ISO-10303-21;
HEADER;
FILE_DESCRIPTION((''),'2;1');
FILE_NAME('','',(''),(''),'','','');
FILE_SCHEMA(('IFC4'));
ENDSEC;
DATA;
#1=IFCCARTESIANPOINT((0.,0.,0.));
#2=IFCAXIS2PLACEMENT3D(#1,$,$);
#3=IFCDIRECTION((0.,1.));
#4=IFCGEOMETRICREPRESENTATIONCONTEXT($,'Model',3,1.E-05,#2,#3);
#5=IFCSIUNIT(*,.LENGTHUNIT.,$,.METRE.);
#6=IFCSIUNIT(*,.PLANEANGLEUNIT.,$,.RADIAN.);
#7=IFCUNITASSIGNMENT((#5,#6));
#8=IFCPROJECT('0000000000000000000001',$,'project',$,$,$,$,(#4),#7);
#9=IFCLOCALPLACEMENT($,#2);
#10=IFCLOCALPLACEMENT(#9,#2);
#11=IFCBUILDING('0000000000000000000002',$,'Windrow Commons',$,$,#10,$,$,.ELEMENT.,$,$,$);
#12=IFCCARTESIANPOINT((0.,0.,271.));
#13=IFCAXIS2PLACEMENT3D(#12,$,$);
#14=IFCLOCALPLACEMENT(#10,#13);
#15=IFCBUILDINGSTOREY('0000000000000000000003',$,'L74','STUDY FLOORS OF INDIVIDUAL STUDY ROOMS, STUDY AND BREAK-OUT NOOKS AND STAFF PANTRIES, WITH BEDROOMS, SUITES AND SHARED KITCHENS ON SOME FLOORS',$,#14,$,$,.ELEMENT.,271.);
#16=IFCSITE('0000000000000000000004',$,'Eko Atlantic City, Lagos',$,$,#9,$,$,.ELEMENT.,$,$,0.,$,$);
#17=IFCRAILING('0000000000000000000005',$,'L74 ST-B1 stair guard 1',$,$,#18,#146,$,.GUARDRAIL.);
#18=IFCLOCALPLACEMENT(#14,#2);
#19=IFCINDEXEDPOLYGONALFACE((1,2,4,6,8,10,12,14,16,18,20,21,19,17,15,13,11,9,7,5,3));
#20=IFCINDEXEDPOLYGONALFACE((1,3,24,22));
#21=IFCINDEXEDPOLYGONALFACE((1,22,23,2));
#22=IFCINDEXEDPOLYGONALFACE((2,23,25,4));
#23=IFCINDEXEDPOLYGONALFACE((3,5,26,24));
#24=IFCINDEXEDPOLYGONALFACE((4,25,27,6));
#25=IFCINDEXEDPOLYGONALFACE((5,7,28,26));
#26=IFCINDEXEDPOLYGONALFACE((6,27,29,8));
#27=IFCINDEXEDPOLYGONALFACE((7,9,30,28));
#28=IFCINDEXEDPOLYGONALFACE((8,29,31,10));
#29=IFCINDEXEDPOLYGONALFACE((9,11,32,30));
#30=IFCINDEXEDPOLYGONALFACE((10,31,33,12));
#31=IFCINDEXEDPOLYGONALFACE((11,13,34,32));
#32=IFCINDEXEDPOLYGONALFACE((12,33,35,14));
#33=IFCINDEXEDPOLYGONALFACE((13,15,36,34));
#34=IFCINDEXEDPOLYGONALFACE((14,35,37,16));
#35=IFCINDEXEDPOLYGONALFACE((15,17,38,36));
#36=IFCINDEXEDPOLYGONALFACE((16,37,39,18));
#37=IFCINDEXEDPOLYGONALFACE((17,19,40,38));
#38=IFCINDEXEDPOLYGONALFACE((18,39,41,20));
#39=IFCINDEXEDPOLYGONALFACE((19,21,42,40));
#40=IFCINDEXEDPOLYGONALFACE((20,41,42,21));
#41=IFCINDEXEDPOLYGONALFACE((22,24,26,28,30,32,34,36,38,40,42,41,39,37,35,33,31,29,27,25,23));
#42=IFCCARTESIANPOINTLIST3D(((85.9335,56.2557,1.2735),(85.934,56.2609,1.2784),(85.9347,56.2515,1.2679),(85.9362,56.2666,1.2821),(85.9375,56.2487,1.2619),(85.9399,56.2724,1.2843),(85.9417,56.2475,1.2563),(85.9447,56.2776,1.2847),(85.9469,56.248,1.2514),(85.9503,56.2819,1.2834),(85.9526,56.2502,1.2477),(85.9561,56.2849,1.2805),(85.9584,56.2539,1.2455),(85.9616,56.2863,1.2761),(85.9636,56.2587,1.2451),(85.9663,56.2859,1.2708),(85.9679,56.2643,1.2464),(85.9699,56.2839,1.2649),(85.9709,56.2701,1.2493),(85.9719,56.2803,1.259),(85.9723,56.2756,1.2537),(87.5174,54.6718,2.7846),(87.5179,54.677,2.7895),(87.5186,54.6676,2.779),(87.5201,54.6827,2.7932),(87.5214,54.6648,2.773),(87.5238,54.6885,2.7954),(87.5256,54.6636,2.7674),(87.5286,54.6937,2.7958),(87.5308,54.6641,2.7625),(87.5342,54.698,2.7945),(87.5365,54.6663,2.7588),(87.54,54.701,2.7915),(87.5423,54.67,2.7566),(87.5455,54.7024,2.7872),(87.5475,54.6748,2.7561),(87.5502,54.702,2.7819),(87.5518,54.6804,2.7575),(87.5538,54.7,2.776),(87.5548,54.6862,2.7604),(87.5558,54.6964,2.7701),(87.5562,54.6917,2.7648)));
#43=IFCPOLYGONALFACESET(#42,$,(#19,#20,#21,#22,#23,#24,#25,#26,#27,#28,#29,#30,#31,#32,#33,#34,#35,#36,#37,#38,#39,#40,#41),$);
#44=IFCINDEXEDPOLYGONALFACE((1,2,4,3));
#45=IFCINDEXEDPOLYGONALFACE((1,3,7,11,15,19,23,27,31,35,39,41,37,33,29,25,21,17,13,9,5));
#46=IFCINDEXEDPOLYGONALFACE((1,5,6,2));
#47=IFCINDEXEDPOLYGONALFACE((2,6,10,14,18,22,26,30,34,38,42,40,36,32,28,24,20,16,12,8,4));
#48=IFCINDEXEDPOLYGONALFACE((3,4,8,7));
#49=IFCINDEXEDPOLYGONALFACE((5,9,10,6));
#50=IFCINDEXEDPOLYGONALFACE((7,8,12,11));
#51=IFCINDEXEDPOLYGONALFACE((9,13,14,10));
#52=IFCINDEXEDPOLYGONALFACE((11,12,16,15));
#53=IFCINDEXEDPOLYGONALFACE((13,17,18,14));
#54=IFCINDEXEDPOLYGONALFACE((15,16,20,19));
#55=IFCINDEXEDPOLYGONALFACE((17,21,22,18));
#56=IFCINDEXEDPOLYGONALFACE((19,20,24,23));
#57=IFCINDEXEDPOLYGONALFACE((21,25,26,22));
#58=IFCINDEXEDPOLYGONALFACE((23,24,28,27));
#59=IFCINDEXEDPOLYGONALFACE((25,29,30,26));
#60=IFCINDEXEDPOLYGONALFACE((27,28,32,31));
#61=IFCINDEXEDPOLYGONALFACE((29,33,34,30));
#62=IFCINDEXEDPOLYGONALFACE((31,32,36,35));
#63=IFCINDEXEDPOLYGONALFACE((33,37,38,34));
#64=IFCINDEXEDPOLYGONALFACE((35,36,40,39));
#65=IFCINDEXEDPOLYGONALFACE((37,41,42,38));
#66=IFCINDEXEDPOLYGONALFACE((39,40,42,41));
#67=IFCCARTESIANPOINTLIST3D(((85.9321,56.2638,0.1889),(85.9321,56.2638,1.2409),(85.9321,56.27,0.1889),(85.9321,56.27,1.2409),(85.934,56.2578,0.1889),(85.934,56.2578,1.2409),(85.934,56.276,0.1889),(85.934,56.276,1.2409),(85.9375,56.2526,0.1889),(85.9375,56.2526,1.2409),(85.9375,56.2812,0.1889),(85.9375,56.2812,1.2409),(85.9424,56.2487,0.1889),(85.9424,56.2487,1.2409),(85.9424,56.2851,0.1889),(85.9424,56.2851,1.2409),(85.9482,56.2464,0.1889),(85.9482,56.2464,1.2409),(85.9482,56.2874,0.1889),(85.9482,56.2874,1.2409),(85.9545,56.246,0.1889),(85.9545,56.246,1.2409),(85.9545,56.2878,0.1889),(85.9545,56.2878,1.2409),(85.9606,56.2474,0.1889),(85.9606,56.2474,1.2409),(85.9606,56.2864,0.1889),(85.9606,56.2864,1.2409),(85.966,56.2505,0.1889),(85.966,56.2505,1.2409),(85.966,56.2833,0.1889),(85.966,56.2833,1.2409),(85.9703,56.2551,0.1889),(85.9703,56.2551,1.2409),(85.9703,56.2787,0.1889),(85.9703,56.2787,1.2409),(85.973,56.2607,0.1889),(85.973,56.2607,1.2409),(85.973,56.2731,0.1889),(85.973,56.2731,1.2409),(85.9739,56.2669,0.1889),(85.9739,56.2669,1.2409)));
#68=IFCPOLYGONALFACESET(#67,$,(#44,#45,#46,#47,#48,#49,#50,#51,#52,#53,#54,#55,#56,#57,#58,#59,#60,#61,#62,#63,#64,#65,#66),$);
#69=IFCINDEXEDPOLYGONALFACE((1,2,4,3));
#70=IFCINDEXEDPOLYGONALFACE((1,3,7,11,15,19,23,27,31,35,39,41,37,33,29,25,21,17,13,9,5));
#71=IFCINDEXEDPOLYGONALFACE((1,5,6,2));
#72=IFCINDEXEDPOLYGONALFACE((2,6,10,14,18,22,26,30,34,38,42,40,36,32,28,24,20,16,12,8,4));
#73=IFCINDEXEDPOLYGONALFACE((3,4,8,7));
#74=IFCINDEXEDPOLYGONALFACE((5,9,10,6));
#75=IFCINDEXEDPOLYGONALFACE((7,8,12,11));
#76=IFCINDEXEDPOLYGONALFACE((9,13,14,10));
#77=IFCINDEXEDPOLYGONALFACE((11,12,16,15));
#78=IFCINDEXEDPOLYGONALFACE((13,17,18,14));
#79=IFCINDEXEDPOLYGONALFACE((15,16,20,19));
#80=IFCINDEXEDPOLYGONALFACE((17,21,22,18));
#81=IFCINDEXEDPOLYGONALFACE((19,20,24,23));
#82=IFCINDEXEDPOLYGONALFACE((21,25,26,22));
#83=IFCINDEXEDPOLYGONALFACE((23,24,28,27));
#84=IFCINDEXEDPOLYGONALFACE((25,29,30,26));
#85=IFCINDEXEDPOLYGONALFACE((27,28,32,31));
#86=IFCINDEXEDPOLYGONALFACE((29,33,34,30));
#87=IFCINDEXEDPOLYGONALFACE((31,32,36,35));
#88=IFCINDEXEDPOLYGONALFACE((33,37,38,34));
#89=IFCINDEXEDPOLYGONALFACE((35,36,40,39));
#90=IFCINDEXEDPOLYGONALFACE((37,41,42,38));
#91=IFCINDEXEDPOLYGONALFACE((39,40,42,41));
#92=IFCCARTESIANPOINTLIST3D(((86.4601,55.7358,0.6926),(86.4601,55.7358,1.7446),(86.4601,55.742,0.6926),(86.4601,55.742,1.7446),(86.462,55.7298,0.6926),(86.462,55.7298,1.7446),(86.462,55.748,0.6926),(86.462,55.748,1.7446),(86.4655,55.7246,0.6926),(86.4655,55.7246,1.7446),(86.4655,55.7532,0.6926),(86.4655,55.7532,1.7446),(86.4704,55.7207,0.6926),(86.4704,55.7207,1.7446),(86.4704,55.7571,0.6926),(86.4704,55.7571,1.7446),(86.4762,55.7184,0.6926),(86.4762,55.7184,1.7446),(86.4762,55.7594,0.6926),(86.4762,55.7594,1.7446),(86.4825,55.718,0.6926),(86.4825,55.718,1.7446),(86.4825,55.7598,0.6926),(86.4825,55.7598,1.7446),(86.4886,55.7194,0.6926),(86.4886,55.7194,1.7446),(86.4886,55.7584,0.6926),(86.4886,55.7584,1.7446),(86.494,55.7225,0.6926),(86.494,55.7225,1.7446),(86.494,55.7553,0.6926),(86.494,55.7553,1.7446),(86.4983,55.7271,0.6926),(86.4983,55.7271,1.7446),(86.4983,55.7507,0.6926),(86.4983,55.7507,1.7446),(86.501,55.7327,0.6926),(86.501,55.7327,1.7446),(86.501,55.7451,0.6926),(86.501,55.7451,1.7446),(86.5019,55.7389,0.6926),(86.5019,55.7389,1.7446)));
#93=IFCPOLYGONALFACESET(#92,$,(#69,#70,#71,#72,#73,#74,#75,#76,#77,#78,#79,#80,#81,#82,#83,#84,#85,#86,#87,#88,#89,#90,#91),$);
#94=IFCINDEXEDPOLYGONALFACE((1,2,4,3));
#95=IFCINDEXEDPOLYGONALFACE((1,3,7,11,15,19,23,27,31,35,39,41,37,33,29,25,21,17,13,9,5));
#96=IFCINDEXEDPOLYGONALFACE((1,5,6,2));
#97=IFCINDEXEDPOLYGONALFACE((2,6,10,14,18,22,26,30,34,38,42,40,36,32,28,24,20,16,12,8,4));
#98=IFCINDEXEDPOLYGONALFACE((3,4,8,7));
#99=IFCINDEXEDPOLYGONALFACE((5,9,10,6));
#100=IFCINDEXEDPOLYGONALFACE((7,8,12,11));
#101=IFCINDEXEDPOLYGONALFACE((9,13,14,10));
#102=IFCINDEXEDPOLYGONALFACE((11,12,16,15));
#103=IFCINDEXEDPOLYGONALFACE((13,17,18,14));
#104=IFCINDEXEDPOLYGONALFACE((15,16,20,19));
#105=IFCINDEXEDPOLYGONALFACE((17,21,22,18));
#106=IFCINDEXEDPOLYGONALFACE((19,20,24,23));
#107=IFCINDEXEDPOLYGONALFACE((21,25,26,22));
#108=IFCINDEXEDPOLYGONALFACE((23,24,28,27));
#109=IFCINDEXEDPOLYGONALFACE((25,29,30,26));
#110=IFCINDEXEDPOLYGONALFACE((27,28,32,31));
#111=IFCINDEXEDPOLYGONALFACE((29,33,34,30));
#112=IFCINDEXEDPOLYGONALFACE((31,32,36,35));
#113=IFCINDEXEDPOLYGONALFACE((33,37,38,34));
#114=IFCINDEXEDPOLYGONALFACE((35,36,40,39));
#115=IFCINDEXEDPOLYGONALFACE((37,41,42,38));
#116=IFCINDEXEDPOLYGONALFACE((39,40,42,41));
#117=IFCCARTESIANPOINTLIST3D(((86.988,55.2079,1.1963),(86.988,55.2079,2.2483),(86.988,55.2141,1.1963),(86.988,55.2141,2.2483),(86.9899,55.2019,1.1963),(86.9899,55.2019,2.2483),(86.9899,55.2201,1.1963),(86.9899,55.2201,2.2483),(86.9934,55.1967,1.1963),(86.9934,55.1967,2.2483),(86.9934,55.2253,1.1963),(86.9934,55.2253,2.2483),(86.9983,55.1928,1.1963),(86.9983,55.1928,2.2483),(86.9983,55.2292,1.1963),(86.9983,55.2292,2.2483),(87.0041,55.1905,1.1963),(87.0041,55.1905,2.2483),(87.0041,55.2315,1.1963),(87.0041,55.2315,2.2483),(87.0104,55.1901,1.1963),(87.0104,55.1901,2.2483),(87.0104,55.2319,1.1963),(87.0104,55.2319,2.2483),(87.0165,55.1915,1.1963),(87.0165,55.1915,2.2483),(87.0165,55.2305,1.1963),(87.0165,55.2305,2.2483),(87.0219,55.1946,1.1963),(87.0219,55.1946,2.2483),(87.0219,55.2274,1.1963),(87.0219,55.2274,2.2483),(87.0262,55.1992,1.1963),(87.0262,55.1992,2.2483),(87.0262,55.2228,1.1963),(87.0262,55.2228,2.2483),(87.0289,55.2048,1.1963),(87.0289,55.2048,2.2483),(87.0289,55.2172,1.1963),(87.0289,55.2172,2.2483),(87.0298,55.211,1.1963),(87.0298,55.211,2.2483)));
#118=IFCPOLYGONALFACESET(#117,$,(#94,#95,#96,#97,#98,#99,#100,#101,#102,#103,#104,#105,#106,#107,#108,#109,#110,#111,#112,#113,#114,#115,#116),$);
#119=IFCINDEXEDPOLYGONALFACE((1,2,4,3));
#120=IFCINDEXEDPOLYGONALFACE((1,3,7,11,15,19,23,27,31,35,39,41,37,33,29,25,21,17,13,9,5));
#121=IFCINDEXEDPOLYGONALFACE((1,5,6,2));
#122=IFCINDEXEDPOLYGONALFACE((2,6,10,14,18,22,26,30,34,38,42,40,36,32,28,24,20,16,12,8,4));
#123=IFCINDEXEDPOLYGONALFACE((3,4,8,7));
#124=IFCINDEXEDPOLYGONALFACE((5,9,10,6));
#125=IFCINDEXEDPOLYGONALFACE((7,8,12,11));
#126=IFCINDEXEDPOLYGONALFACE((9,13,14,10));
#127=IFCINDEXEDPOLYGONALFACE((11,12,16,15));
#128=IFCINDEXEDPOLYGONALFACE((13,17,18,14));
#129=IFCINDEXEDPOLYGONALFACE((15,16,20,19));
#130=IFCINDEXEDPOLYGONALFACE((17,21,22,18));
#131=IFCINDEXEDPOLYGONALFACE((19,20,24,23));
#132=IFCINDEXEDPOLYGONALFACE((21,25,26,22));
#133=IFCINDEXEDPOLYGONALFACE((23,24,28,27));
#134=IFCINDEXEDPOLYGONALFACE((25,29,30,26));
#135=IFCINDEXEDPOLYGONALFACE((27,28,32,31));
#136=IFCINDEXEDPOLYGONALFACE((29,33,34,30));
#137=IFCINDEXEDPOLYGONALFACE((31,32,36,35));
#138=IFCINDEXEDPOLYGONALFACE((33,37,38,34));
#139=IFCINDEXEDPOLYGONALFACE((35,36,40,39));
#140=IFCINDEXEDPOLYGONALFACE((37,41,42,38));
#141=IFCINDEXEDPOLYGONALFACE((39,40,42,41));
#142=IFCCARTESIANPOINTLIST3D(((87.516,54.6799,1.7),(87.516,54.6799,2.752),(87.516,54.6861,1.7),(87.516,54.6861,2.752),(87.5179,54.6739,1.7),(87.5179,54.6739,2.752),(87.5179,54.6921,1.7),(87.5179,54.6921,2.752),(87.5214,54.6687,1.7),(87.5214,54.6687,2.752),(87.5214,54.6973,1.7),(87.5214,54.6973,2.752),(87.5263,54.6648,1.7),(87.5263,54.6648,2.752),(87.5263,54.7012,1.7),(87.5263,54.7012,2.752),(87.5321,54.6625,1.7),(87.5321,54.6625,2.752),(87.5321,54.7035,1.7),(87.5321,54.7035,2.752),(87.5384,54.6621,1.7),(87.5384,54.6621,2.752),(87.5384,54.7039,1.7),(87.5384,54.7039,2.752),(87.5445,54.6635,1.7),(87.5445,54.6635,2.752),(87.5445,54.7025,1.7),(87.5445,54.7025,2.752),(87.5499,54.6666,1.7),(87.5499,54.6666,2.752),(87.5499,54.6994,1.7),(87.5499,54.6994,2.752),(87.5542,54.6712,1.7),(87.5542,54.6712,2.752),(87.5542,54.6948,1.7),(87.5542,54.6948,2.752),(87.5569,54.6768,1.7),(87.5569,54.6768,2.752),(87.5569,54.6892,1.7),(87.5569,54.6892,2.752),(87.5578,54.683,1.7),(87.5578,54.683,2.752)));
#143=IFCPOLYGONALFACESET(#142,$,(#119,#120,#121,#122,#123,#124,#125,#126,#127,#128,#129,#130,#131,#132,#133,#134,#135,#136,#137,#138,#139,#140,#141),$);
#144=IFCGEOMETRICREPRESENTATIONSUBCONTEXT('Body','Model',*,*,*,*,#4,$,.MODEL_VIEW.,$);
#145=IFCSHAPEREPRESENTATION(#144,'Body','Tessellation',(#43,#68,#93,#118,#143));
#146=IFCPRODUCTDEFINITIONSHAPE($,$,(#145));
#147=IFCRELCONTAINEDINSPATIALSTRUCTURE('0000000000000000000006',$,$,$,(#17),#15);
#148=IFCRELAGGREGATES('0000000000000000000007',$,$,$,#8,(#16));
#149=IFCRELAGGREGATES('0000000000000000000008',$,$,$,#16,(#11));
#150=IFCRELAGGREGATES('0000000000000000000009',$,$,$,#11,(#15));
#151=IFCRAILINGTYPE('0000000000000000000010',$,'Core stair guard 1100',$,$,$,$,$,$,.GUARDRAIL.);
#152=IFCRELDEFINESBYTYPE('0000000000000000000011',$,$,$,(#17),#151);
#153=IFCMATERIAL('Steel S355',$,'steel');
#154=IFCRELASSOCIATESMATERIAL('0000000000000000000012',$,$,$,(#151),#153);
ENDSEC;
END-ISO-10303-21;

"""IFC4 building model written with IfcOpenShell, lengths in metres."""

from ifc_helpers import new_model, si_unit, direction, frame, origin, origin_2d, place, context, subcontext, project, spatial, circle, extrude, material, type_object, element, save


model = new_model("IFC4")

# Units and contexts
model_context = context("Model", 3, precision=1e-05, world=origin(), true_north=direction((0.0, 1.0)))
body_context = subcontext(model_context, "Body", "Model", "MODEL_VIEW")
ifc_project = project(units=[si_unit("LENGTHUNIT", "METRE"), si_unit("PLANEANGLEUNIT", "RADIAN")], contexts=[model_context])

# Site, building, storey
site_placement = place(None, origin())
site = spatial("IfcSite", under=ifc_project, at=site_placement, Name="Eko Atlantic City, Lagos", CompositionType="ELEMENT", RefElevation=0.0)
building_placement = place(site_placement, origin())
building = spatial("IfcBuilding", under=site, at=building_placement, Name="Windrow Commons", CompositionType="ELEMENT")
storey_placement = place(building_placement, frame((0.0, 0.0, 271.0)))
storey = spatial("IfcBuildingStorey", under=building, at=storey_placement, Name="L74", Description="STUDY FLOORS OF INDIVIDUAL STUDY ROOMS, STUDY AND BREAK-OUT NOOKS AND STAFF PANTRIES, WITH BEDROOMS, SUITES AND SHARED KITCHENS ON SOME FLOORS", CompositionType="ELEMENT", Elevation=271.0)

# Railing
ifc_material_1 = material(Name="Steel S355", Category="steel")
railing_type_1 = type_object("IfcRailingType", Name="Core stair guard 1100", PredefinedType="GUARDRAIL", material=ifc_material_1)
railing_1_placement = place(storey_placement, frame((85.9529, 56.2669, 0.1889)))
element("IfcRailing", 1, at=railing_1_placement, inside=storey, type_object=railing_type_1, Name="L74 ST-B1 stair guard 1", PredefinedType="GUARDRAIL", context=body_context, shape_type="SweptSolid", body=[
    extrude(circle(Radius=0.024, at=origin_2d()), frame((0.0, 0.0, 1.076), z_axis=(0.586191, -0.586191, 0.559249), x_axis=(0.707107, 0.707107, 0.0)), (0.0, 0.0, 1.0), 2.702),
    extrude(circle(Radius=0.021, at=origin_2d()), origin(), (0.0, 0.0, 1.0), 1.052),
    extrude(circle(Radius=0.021, at=origin_2d()), frame((0.528, -0.528, 0.5037)), (0.0, 0.0, 1.0), 1.052),
    extrude(circle(Radius=0.021, at=origin_2d()), frame((1.0559, -1.0559, 1.0074)), (0.0, 0.0, 1.0), 1.052),
    extrude(circle(Radius=0.021, at=origin_2d()), frame((1.5839, -1.5839, 1.5111)), (0.0, 0.0, 1.0), 1.052),
])

save(model, "model.ifc")
